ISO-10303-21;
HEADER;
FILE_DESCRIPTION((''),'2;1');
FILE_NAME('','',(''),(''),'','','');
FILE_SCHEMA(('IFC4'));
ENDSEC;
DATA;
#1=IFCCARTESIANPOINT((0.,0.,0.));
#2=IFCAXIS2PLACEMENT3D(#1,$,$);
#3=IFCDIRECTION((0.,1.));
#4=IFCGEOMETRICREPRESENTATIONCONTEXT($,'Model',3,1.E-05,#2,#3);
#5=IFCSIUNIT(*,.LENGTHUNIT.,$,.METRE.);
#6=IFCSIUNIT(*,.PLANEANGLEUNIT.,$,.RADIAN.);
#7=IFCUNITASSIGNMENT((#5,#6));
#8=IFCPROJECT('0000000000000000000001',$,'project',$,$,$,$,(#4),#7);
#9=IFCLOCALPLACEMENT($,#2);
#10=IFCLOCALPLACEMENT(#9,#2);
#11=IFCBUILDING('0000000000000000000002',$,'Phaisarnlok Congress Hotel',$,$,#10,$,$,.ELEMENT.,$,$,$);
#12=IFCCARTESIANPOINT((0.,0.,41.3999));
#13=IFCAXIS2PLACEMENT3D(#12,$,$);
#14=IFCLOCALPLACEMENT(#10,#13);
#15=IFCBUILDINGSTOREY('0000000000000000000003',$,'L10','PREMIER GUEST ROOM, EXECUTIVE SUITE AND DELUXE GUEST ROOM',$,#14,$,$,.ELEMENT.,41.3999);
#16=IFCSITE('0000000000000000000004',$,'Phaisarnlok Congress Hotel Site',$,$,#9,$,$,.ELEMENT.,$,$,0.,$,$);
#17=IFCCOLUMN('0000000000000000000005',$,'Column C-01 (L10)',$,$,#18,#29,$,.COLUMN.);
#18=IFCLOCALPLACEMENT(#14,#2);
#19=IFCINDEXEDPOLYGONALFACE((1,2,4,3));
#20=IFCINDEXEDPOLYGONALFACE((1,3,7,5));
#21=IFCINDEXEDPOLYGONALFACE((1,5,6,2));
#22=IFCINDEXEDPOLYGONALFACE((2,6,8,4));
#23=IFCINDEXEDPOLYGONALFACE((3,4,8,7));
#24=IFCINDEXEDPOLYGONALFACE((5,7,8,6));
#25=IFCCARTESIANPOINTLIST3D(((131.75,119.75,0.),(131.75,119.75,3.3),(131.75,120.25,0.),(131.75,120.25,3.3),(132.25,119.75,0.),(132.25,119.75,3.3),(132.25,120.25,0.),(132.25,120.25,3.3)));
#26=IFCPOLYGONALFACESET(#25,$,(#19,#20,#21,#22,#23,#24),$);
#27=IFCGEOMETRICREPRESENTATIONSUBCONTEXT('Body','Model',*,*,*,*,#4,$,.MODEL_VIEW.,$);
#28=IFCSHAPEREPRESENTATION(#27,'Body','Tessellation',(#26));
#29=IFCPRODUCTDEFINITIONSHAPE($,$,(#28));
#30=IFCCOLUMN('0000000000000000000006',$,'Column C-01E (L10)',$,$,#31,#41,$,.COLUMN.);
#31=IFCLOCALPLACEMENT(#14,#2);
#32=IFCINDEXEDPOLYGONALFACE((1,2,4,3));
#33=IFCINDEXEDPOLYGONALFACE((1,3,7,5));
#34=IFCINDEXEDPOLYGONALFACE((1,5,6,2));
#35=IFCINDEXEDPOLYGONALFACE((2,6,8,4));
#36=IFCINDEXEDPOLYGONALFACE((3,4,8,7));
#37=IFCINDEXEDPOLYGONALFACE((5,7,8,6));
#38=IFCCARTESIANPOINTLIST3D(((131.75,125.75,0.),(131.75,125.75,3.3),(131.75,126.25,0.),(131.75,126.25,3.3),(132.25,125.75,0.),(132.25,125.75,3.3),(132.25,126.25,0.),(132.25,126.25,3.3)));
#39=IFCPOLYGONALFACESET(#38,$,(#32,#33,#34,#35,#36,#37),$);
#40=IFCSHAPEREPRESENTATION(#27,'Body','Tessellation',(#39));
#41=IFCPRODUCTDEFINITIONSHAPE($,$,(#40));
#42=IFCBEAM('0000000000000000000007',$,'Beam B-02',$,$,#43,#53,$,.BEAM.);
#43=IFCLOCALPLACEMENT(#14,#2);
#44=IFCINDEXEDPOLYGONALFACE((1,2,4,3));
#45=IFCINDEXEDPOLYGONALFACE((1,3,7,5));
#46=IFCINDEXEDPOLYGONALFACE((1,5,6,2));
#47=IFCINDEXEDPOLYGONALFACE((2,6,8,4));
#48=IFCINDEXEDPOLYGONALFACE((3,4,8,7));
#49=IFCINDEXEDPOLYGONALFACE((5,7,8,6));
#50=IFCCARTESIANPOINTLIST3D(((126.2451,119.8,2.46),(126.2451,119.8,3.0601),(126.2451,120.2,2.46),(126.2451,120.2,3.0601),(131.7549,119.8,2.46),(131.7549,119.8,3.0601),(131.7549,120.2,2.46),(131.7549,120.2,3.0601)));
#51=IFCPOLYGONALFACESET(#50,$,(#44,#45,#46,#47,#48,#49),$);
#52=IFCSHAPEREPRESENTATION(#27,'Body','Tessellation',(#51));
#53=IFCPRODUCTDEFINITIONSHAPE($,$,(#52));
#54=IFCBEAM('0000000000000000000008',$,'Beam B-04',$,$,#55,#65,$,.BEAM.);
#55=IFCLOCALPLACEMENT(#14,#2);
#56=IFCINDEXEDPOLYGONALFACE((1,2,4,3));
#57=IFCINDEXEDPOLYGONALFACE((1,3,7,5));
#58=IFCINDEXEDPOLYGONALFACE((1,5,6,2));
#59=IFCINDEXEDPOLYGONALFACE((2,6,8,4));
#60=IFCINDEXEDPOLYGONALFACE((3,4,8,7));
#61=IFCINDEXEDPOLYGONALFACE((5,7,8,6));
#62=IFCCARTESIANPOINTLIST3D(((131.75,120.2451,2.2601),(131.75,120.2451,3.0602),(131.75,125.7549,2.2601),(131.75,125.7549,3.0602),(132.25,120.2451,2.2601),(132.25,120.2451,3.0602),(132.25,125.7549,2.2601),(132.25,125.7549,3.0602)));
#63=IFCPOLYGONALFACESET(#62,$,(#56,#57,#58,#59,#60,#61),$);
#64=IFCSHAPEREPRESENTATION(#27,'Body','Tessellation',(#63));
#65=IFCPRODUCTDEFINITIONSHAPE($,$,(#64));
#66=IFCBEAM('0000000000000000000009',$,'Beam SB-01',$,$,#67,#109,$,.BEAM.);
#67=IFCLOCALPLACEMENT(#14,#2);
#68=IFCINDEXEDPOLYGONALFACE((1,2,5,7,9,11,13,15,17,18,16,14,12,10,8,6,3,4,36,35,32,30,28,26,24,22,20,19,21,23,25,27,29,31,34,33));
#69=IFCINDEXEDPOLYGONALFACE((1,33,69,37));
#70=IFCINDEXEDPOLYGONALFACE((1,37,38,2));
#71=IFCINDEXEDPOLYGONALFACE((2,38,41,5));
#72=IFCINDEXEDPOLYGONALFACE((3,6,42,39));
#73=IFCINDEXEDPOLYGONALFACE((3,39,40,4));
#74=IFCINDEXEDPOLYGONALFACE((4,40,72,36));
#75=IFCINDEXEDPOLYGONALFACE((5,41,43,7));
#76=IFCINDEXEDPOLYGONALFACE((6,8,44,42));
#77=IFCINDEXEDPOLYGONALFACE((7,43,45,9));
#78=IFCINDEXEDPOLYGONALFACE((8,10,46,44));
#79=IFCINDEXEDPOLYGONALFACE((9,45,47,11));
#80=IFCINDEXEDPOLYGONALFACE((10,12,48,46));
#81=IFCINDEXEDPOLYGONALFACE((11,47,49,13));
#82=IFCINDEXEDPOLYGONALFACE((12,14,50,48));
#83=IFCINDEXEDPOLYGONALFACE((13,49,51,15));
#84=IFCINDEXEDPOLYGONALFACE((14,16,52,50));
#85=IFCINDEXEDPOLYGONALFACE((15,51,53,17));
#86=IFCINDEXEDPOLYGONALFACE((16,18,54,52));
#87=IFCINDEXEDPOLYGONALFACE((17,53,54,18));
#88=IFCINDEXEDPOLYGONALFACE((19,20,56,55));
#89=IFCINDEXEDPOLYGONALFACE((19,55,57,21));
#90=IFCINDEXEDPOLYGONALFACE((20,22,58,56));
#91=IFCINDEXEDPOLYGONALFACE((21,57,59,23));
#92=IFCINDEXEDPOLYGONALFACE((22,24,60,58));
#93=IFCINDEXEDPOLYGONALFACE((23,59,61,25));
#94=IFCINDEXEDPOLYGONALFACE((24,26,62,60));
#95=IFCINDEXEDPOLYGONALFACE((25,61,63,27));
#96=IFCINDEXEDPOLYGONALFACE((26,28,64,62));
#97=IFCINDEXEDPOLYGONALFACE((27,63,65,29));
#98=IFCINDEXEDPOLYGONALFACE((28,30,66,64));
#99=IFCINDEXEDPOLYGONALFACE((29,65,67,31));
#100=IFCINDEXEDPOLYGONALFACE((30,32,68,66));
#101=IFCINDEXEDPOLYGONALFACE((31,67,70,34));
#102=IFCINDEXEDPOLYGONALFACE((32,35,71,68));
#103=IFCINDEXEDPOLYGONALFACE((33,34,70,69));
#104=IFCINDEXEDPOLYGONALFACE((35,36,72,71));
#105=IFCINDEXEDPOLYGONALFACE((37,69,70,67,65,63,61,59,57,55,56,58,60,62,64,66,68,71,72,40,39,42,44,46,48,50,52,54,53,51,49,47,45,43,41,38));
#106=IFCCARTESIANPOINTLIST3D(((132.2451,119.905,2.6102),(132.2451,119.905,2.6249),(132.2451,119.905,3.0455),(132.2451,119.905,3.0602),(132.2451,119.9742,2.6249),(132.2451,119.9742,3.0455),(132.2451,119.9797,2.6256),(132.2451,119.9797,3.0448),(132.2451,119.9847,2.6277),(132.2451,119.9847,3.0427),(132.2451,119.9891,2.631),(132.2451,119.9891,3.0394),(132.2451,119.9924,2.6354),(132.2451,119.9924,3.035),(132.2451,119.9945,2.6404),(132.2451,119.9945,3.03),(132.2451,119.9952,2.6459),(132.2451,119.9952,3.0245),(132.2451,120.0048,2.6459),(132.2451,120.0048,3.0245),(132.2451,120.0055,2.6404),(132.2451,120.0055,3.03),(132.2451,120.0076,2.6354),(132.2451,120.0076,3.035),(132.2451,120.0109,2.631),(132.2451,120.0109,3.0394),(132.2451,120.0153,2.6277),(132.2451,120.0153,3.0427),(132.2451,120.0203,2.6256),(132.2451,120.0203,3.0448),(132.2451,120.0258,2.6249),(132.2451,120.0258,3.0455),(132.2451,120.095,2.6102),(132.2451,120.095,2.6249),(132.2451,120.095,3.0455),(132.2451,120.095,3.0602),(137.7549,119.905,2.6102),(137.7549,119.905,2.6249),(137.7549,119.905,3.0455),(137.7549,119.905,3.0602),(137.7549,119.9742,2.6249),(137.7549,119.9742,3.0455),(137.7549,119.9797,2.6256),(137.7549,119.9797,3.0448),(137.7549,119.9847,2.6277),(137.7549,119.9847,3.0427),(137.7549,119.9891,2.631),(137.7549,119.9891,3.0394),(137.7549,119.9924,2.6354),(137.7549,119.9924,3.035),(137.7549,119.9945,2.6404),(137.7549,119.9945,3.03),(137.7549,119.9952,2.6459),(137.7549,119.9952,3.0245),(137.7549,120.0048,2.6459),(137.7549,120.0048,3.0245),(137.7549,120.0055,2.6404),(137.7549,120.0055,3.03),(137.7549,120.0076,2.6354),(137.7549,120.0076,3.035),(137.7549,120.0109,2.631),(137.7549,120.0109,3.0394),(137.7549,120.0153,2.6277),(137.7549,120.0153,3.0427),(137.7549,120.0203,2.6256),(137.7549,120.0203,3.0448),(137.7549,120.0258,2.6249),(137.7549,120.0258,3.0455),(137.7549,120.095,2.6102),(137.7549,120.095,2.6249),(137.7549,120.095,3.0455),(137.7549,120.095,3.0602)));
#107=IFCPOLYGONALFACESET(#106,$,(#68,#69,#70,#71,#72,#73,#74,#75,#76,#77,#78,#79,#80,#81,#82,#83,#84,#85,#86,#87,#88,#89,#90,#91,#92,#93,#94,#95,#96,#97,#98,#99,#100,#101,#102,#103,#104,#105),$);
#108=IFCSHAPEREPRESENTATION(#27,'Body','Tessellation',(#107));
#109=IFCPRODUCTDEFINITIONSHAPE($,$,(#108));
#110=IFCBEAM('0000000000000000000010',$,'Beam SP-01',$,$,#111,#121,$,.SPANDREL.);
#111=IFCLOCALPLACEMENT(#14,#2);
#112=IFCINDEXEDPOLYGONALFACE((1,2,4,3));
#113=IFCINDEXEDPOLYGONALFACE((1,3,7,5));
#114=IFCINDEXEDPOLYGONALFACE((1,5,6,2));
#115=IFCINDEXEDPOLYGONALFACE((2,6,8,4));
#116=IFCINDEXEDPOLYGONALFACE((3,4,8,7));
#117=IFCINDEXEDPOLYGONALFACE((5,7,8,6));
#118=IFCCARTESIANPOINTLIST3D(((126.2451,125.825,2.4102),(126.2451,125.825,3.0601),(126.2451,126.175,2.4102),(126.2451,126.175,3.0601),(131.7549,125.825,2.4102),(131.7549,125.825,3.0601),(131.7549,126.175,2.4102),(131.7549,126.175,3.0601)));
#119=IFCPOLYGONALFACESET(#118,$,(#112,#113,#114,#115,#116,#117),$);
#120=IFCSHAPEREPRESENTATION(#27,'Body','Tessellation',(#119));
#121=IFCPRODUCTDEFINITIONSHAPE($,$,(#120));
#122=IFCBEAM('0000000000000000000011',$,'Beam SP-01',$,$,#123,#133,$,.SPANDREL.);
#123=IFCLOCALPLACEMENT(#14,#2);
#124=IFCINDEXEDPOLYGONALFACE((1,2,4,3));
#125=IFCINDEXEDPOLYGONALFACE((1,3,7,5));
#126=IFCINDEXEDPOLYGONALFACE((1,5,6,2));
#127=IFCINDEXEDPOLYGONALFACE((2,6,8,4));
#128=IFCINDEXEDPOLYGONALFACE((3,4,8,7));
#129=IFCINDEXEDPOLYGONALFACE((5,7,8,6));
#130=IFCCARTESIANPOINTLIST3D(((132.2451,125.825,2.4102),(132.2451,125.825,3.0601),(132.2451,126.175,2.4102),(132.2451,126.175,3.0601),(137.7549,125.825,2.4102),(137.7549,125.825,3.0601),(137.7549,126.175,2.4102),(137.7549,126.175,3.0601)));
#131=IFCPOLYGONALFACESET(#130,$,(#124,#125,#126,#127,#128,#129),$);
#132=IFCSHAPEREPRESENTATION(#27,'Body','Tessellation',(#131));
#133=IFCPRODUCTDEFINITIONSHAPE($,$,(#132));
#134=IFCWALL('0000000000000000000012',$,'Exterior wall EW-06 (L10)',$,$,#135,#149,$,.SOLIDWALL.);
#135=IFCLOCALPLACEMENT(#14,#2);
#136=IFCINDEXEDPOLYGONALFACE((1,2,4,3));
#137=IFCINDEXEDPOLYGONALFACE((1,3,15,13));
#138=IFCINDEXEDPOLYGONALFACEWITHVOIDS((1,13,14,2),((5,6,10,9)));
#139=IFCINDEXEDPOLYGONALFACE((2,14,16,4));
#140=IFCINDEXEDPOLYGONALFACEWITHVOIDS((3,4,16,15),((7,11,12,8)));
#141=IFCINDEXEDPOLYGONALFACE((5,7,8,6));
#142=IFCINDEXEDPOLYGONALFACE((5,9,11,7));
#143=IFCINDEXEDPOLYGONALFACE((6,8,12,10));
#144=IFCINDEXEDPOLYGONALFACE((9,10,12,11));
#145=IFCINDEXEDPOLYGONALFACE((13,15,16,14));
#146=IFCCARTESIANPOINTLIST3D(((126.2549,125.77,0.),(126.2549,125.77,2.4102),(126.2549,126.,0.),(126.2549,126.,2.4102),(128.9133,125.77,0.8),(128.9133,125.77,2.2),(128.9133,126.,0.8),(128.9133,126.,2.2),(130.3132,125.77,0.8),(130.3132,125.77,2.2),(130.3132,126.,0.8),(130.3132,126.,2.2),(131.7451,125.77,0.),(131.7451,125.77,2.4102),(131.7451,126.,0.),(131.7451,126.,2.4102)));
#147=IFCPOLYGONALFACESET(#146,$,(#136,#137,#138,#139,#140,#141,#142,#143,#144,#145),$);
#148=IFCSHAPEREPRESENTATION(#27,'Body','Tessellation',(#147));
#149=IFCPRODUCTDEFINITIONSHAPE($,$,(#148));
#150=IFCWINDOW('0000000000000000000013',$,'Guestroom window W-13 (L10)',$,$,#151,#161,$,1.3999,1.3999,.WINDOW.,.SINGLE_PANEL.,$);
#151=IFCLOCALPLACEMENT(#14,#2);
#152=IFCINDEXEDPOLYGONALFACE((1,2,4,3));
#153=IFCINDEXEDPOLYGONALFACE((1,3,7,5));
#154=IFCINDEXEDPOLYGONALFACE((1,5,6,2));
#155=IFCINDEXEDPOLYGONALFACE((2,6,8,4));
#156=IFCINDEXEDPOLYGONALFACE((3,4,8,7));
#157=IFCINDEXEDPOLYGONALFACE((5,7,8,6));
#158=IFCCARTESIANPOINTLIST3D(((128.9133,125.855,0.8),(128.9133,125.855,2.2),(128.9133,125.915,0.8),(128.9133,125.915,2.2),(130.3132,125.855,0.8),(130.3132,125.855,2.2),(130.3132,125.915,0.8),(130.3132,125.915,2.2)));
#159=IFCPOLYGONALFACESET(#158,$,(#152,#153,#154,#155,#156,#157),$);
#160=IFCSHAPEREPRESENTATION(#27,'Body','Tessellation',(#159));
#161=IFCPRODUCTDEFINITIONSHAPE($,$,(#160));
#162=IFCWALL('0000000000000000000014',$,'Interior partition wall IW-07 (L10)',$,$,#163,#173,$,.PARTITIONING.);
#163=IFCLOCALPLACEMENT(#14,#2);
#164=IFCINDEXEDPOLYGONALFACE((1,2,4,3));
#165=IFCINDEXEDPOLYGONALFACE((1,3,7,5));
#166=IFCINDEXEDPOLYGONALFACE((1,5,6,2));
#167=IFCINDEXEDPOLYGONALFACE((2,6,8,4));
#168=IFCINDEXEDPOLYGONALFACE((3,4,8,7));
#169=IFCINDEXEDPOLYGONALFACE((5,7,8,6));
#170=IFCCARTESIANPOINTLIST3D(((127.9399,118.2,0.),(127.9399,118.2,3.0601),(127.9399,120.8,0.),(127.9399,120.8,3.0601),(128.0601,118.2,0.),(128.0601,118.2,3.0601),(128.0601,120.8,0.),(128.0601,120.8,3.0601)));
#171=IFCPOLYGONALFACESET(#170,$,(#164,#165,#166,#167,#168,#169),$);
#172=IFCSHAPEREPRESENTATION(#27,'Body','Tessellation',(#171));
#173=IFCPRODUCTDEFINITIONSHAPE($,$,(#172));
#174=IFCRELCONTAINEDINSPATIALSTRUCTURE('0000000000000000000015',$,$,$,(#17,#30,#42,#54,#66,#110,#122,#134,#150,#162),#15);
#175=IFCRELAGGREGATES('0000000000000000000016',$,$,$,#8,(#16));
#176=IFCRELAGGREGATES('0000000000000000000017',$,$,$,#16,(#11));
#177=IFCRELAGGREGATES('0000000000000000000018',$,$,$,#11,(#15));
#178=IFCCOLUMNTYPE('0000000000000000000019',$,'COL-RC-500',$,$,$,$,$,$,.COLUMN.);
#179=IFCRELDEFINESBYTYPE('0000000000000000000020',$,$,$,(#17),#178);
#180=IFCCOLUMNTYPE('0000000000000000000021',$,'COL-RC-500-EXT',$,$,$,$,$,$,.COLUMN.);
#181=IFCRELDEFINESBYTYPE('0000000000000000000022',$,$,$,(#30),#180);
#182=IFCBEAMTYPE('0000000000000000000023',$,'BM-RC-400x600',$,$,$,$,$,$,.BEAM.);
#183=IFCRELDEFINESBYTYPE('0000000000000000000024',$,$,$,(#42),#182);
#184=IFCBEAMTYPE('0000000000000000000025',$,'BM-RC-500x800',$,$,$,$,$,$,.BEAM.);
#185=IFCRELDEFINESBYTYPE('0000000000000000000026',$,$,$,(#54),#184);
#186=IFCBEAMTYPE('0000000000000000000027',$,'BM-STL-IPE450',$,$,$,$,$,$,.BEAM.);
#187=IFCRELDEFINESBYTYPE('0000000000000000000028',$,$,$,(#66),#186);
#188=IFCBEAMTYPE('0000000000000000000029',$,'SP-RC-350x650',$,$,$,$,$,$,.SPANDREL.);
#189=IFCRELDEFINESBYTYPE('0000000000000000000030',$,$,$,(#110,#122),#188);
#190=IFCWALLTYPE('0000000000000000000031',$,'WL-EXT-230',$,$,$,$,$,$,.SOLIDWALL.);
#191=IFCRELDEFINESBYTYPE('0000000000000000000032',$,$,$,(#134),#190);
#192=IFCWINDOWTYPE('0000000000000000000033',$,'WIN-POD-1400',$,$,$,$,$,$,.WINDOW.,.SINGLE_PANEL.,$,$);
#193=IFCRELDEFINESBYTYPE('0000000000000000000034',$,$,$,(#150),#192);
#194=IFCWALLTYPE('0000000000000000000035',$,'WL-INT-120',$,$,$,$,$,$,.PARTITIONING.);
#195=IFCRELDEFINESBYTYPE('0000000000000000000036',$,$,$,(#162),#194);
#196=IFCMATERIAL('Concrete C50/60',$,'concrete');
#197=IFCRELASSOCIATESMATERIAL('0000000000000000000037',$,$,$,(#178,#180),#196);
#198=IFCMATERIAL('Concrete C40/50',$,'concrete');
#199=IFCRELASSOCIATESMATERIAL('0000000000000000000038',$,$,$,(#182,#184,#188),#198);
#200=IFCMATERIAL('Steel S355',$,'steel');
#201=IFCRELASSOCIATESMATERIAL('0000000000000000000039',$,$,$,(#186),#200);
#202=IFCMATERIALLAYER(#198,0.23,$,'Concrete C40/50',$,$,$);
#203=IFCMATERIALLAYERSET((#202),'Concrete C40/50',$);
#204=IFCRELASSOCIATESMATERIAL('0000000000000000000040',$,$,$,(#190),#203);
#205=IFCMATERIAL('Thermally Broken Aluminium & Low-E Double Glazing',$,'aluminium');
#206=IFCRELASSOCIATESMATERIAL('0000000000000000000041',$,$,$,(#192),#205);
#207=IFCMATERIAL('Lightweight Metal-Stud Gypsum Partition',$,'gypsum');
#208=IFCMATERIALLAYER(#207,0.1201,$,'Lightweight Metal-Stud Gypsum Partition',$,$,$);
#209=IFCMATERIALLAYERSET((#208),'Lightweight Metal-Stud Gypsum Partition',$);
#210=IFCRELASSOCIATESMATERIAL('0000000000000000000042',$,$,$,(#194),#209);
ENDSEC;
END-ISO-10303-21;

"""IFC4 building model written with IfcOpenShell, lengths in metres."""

from ifc_helpers import new_model, si_unit, direction, frame, frame_2d, origin, origin_2d, place, context, subcontext, project, spatial, rectangle, i_section, extrude, material, layer, layer_set, material_profile, profile_set, type_object, element, fill, save


model = new_model("IFC4")

# Units and contexts
model_context = context("Model", 3, precision=1e-05, world=origin(), true_north=direction((0.0, 1.0)))
body_context = subcontext(model_context, "Body", "Model", "MODEL_VIEW")
ifc_project = project(units=[si_unit("LENGTHUNIT", "METRE"), si_unit("PLANEANGLEUNIT", "RADIAN")], contexts=[model_context])

# Site, building, storey
site_placement = place(None, origin())
site = spatial("IfcSite", under=ifc_project, at=site_placement, Name="Phaisarnlok Congress Hotel Site", CompositionType="ELEMENT", RefElevation=0.0)
building_placement = place(site_placement, origin())
building = spatial("IfcBuilding", under=site, at=building_placement, Name="Phaisarnlok Congress Hotel", CompositionType="ELEMENT")
storey_placement = place(building_placement, frame((0.0, 0.0, 41.3999)))
storey = spatial("IfcBuildingStorey", under=building, at=storey_placement, Name="L10", Description="PREMIER GUEST ROOM, EXECUTIVE SUITE AND DELUXE GUEST ROOM", CompositionType="ELEMENT", Elevation=41.3999)

# Columns
ifc_material_1 = material(Name="Concrete C50/60", Category="concrete")
ifc_material_profile_1 = material_profile(ifc_material_1, rectangle(XDim=0.5, YDim=0.5, at=origin_2d()), Name="RC 500x500")
ifc_profile_set_1 = profile_set([ifc_material_profile_1], Name="Concrete C50/60")
column_type_1 = type_object("IfcColumnType", Name="COL-RC-500", PredefinedType="COLUMN", material=ifc_profile_set_1)
column_1_placement = place(storey_placement, frame((132.0, 120.0, 0.0), z_axis=(0.0, 0.0, 1.0), x_axis=(1.0, 0.0, 0.0)))
element("IfcColumn", 1, at=column_1_placement, inside=storey, type_object=column_type_1, Name="Column C-01 (L10)", PredefinedType="COLUMN", context=body_context, shape_type="SweptSolid", body=[
    extrude(rectangle(XDim=0.5, YDim=0.5, at=origin_2d()), origin(), (0.0, 0.0, 1.0), 3.3),
])
ifc_material_profile_2 = material_profile(ifc_material_1, rectangle(XDim=0.5, YDim=0.5, at=origin_2d()), Name="RC 500x500")
ifc_profile_set_2 = profile_set([ifc_material_profile_2], Name="Concrete C50/60")
column_type_2 = type_object("IfcColumnType", Name="COL-RC-500-EXT", PredefinedType="COLUMN", material=ifc_profile_set_2)
column_2_placement = place(storey_placement, frame((132.0, 126.0, 0.0), z_axis=(0.0, 0.0, 1.0), x_axis=(1.0, 0.0, 0.0)))
element("IfcColumn", 2, at=column_2_placement, inside=storey, type_object=column_type_2, Name="Column C-01E (L10)", PredefinedType="COLUMN", context=body_context, shape_type="SweptSolid", body=[
    extrude(rectangle(XDim=0.5, YDim=0.5, at=origin_2d()), origin(), (0.0, 0.0, 1.0), 3.3),
])

# Beams
ifc_material_2 = material(Name="Concrete C40/50", Category="concrete")
ifc_material_profile_3 = material_profile(ifc_material_2, rectangle(XDim=0.3999, YDim=0.6001, at=origin_2d()), Name="RC 400x600")
ifc_profile_set_3 = profile_set([ifc_material_profile_3], Name="Concrete C40/50")
beam_type_1 = type_object("IfcBeamType", Name="BM-RC-400x600", PredefinedType="BEAM", material=ifc_profile_set_3)
beam_1_placement = place(storey_placement, frame((126.2451, 120.0, 2.76), z_axis=(1.0, 0.0, 0.0), x_axis=(0.0, 1.0, 0.0)))
element("IfcBeam", 3, at=beam_1_placement, inside=storey, type_object=beam_type_1, Name="Beam B-02", PredefinedType="BEAM", context=body_context, shape_type="SweptSolid", body=[
    extrude(rectangle(XDim=0.3999, YDim=0.6001, at=origin_2d()), origin(), (0.0, 0.0, 1.0), 5.5098),
])
ifc_material_profile_4 = material_profile(ifc_material_2, rectangle(XDim=0.5, YDim=0.8, at=origin_2d()), Name="RC 500x800")
ifc_profile_set_4 = profile_set([ifc_material_profile_4], Name="Concrete C40/50")
beam_type_2 = type_object("IfcBeamType", Name="BM-RC-500x800", PredefinedType="BEAM", material=ifc_profile_set_4)
beam_2_placement = place(storey_placement, frame((132.0, 120.2451, 2.6602), z_axis=(0.0, 1.0, 0.0), x_axis=(-1.0, 0.0, 0.0)))
element("IfcBeam", 4, at=beam_2_placement, inside=storey, type_object=beam_type_2, Name="Beam B-04", PredefinedType="BEAM", context=body_context, shape_type="SweptSolid", body=[
    extrude(rectangle(XDim=0.5, YDim=0.8, at=origin_2d()), origin(), (0.0, 0.0, 1.0), 5.5098),
])
ifc_material_3 = material(Name="Steel S355", Category="steel")
ifc_material_profile_5 = material_profile(ifc_material_3, i_section(OverallWidth=0.1899, OverallDepth=0.45, WebThickness=0.0095, FlangeThickness=0.0146, FilletRadius=0.021, at=origin_2d()), Name="IPE 450")
ifc_profile_set_5 = profile_set([ifc_material_profile_5], Name="Steel S355")
beam_type_3 = type_object("IfcBeamType", Name="BM-STL-IPE450", PredefinedType="BEAM", material=ifc_profile_set_5)
beam_3_placement = place(storey_placement, frame((132.2451, 120.0, 2.8352), z_axis=(1.0, 0.0, 0.0), x_axis=(0.0, 1.0, 0.0)))
element("IfcBeam", 5, at=beam_3_placement, inside=storey, type_object=beam_type_3, Name="Beam SB-01", PredefinedType="BEAM", context=body_context, shape_type="SweptSolid", body=[
    extrude(i_section(OverallWidth=0.1899, OverallDepth=0.45, WebThickness=0.0095, FlangeThickness=0.0146, FilletRadius=0.021, at=origin_2d()), origin(), (0.0, 0.0, 1.0), 5.5098),
])
ifc_material_profile_6 = material_profile(ifc_material_2, rectangle(XDim=0.3501, YDim=0.6499, at=origin_2d()), Name="RC 350x650")
ifc_profile_set_6 = profile_set([ifc_material_profile_6], Name="Concrete C40/50")
beam_type_4 = type_object("IfcBeamType", Name="SP-RC-350x650", PredefinedType="SPANDREL", material=ifc_profile_set_6)
for number, where, z_axis, x_axis, name in (
    (6, (126.2451, 126.0, 2.7351), (1.0, 0.0, 0.0), (0.0, 1.0, 0.0), "Beam SP-01"),
    (7, (132.2451, 126.0, 2.7351), (1.0, 0.0, 0.0), (0.0, 1.0, 0.0), "Beam SP-01"),
):
    element("IfcBeam", number, at=place(storey_placement, frame(where, z_axis=z_axis, x_axis=x_axis)), inside=storey, type_object=beam_type_4, Name=name, PredefinedType="SPANDREL", context=body_context, shape_type="SweptSolid", body=[
        extrude(rectangle(XDim=0.3501, YDim=0.6499, at=origin_2d()), origin(), (0.0, 0.0, 1.0), 5.5098),
    ])

# Wall, opening, window
ifc_layer_1 = layer(ifc_material_2, 0.23, Name="Concrete C40/50")
ifc_layer_set_1 = layer_set([ifc_layer_1], Name="Concrete C40/50")
wall_type_1 = type_object("IfcWallType", Name="WL-EXT-230", PredefinedType="SOLIDWALL", material=ifc_layer_set_1)
wall_1_placement = place(storey_placement, frame((131.7451, 125.885, 0.0), z_axis=(0.0, 0.0, 1.0), x_axis=(-1.0, 0.0, 0.0)))
wall_1 = element("IfcWall", 8, at=wall_1_placement, inside=storey, type_object=wall_type_1, Name="Exterior wall EW-06 (L10)", PredefinedType="SOLIDWALL", context=body_context, shape_type="SweptSolid", body=[
    extrude(rectangle(XDim=5.4902, YDim=0.23, at=frame_2d((2.7451, 0.0))), origin(), (0.0, 0.0, 1.0), 2.4102),
])
opening_1_placement = place(wall_1_placement, frame((1.4319, 0.0, 0.8)))
opening_1 = element("IfcOpeningElement", 9, at=opening_1_placement, cuts=wall_1, PredefinedType="OPENING", context=body_context, shape_type="SweptSolid", body=[
    extrude(rectangle(XDim=1.3999, YDim=1.3999, at=frame_2d((0.7, 0.7))), frame((0.0, 0.125, 0.0), z_axis=(0.0, -1.0, 0.0), x_axis=(1.0, 0.0, 0.0)), (0.0, 0.0, 1.0), 0.25),
])
ifc_material_4 = material(Name="Thermally Broken Aluminium & Low-E Double Glazing", Category="aluminium")
window_type = type_object("IfcWindowType", Name="WIN-POD-1400", PartitioningType="SINGLE_PANEL", PredefinedType="WINDOW", material=ifc_material_4)
window_placement = place(opening_1_placement, origin())
window = element("IfcWindow", 10, at=window_placement, inside=storey, type_object=window_type, Name="Guestroom window W-13 (L10)", OverallHeight=1.3999, OverallWidth=1.3999, PartitioningType="SINGLE_PANEL", PredefinedType="WINDOW", context=body_context, shape_type="SweptSolid", body=[
    extrude(rectangle(XDim=1.3999, YDim=1.3999, at=frame_2d((0.7, 0.7))), frame((0.0, 0.03, 0.0), z_axis=(0.0, -1.0, 0.0), x_axis=(1.0, 0.0, 0.0)), (0.0, 0.0, 1.0), 0.0601),
])
fill(opening_1, window)

# Wall
ifc_material_5 = material(Name="Lightweight Metal-Stud Gypsum Partition", Category="gypsum")
ifc_layer_2 = layer(ifc_material_5, 0.1201, Name="Lightweight Metal-Stud Gypsum Partition")
ifc_layer_set_2 = layer_set([ifc_layer_2], Name="Lightweight Metal-Stud Gypsum Partition")
wall_type_2 = type_object("IfcWallType", Name="WL-INT-120", PredefinedType="PARTITIONING", material=ifc_layer_set_2)
for number, where, z_axis, x_axis, name in (
    (11, (128.0, 118.2, 0.0), (0.0, 0.0, 1.0), (0.0, 1.0, 0.0), "Interior partition wall IW-07 (L10)"),
):
    element("IfcWall", number, at=place(storey_placement, frame(where, z_axis=z_axis, x_axis=x_axis)), inside=storey, type_object=wall_type_2, Name=name, PredefinedType="PARTITIONING", context=body_context, shape_type="SweptSolid", body=[
        extrude(rectangle(XDim=2.6001, YDim=0.1201, at=frame_2d((1.3, 0.0))), origin(), (0.0, 0.0, 1.0), 3.0601),
    ])

save(model, "model.ifc")
